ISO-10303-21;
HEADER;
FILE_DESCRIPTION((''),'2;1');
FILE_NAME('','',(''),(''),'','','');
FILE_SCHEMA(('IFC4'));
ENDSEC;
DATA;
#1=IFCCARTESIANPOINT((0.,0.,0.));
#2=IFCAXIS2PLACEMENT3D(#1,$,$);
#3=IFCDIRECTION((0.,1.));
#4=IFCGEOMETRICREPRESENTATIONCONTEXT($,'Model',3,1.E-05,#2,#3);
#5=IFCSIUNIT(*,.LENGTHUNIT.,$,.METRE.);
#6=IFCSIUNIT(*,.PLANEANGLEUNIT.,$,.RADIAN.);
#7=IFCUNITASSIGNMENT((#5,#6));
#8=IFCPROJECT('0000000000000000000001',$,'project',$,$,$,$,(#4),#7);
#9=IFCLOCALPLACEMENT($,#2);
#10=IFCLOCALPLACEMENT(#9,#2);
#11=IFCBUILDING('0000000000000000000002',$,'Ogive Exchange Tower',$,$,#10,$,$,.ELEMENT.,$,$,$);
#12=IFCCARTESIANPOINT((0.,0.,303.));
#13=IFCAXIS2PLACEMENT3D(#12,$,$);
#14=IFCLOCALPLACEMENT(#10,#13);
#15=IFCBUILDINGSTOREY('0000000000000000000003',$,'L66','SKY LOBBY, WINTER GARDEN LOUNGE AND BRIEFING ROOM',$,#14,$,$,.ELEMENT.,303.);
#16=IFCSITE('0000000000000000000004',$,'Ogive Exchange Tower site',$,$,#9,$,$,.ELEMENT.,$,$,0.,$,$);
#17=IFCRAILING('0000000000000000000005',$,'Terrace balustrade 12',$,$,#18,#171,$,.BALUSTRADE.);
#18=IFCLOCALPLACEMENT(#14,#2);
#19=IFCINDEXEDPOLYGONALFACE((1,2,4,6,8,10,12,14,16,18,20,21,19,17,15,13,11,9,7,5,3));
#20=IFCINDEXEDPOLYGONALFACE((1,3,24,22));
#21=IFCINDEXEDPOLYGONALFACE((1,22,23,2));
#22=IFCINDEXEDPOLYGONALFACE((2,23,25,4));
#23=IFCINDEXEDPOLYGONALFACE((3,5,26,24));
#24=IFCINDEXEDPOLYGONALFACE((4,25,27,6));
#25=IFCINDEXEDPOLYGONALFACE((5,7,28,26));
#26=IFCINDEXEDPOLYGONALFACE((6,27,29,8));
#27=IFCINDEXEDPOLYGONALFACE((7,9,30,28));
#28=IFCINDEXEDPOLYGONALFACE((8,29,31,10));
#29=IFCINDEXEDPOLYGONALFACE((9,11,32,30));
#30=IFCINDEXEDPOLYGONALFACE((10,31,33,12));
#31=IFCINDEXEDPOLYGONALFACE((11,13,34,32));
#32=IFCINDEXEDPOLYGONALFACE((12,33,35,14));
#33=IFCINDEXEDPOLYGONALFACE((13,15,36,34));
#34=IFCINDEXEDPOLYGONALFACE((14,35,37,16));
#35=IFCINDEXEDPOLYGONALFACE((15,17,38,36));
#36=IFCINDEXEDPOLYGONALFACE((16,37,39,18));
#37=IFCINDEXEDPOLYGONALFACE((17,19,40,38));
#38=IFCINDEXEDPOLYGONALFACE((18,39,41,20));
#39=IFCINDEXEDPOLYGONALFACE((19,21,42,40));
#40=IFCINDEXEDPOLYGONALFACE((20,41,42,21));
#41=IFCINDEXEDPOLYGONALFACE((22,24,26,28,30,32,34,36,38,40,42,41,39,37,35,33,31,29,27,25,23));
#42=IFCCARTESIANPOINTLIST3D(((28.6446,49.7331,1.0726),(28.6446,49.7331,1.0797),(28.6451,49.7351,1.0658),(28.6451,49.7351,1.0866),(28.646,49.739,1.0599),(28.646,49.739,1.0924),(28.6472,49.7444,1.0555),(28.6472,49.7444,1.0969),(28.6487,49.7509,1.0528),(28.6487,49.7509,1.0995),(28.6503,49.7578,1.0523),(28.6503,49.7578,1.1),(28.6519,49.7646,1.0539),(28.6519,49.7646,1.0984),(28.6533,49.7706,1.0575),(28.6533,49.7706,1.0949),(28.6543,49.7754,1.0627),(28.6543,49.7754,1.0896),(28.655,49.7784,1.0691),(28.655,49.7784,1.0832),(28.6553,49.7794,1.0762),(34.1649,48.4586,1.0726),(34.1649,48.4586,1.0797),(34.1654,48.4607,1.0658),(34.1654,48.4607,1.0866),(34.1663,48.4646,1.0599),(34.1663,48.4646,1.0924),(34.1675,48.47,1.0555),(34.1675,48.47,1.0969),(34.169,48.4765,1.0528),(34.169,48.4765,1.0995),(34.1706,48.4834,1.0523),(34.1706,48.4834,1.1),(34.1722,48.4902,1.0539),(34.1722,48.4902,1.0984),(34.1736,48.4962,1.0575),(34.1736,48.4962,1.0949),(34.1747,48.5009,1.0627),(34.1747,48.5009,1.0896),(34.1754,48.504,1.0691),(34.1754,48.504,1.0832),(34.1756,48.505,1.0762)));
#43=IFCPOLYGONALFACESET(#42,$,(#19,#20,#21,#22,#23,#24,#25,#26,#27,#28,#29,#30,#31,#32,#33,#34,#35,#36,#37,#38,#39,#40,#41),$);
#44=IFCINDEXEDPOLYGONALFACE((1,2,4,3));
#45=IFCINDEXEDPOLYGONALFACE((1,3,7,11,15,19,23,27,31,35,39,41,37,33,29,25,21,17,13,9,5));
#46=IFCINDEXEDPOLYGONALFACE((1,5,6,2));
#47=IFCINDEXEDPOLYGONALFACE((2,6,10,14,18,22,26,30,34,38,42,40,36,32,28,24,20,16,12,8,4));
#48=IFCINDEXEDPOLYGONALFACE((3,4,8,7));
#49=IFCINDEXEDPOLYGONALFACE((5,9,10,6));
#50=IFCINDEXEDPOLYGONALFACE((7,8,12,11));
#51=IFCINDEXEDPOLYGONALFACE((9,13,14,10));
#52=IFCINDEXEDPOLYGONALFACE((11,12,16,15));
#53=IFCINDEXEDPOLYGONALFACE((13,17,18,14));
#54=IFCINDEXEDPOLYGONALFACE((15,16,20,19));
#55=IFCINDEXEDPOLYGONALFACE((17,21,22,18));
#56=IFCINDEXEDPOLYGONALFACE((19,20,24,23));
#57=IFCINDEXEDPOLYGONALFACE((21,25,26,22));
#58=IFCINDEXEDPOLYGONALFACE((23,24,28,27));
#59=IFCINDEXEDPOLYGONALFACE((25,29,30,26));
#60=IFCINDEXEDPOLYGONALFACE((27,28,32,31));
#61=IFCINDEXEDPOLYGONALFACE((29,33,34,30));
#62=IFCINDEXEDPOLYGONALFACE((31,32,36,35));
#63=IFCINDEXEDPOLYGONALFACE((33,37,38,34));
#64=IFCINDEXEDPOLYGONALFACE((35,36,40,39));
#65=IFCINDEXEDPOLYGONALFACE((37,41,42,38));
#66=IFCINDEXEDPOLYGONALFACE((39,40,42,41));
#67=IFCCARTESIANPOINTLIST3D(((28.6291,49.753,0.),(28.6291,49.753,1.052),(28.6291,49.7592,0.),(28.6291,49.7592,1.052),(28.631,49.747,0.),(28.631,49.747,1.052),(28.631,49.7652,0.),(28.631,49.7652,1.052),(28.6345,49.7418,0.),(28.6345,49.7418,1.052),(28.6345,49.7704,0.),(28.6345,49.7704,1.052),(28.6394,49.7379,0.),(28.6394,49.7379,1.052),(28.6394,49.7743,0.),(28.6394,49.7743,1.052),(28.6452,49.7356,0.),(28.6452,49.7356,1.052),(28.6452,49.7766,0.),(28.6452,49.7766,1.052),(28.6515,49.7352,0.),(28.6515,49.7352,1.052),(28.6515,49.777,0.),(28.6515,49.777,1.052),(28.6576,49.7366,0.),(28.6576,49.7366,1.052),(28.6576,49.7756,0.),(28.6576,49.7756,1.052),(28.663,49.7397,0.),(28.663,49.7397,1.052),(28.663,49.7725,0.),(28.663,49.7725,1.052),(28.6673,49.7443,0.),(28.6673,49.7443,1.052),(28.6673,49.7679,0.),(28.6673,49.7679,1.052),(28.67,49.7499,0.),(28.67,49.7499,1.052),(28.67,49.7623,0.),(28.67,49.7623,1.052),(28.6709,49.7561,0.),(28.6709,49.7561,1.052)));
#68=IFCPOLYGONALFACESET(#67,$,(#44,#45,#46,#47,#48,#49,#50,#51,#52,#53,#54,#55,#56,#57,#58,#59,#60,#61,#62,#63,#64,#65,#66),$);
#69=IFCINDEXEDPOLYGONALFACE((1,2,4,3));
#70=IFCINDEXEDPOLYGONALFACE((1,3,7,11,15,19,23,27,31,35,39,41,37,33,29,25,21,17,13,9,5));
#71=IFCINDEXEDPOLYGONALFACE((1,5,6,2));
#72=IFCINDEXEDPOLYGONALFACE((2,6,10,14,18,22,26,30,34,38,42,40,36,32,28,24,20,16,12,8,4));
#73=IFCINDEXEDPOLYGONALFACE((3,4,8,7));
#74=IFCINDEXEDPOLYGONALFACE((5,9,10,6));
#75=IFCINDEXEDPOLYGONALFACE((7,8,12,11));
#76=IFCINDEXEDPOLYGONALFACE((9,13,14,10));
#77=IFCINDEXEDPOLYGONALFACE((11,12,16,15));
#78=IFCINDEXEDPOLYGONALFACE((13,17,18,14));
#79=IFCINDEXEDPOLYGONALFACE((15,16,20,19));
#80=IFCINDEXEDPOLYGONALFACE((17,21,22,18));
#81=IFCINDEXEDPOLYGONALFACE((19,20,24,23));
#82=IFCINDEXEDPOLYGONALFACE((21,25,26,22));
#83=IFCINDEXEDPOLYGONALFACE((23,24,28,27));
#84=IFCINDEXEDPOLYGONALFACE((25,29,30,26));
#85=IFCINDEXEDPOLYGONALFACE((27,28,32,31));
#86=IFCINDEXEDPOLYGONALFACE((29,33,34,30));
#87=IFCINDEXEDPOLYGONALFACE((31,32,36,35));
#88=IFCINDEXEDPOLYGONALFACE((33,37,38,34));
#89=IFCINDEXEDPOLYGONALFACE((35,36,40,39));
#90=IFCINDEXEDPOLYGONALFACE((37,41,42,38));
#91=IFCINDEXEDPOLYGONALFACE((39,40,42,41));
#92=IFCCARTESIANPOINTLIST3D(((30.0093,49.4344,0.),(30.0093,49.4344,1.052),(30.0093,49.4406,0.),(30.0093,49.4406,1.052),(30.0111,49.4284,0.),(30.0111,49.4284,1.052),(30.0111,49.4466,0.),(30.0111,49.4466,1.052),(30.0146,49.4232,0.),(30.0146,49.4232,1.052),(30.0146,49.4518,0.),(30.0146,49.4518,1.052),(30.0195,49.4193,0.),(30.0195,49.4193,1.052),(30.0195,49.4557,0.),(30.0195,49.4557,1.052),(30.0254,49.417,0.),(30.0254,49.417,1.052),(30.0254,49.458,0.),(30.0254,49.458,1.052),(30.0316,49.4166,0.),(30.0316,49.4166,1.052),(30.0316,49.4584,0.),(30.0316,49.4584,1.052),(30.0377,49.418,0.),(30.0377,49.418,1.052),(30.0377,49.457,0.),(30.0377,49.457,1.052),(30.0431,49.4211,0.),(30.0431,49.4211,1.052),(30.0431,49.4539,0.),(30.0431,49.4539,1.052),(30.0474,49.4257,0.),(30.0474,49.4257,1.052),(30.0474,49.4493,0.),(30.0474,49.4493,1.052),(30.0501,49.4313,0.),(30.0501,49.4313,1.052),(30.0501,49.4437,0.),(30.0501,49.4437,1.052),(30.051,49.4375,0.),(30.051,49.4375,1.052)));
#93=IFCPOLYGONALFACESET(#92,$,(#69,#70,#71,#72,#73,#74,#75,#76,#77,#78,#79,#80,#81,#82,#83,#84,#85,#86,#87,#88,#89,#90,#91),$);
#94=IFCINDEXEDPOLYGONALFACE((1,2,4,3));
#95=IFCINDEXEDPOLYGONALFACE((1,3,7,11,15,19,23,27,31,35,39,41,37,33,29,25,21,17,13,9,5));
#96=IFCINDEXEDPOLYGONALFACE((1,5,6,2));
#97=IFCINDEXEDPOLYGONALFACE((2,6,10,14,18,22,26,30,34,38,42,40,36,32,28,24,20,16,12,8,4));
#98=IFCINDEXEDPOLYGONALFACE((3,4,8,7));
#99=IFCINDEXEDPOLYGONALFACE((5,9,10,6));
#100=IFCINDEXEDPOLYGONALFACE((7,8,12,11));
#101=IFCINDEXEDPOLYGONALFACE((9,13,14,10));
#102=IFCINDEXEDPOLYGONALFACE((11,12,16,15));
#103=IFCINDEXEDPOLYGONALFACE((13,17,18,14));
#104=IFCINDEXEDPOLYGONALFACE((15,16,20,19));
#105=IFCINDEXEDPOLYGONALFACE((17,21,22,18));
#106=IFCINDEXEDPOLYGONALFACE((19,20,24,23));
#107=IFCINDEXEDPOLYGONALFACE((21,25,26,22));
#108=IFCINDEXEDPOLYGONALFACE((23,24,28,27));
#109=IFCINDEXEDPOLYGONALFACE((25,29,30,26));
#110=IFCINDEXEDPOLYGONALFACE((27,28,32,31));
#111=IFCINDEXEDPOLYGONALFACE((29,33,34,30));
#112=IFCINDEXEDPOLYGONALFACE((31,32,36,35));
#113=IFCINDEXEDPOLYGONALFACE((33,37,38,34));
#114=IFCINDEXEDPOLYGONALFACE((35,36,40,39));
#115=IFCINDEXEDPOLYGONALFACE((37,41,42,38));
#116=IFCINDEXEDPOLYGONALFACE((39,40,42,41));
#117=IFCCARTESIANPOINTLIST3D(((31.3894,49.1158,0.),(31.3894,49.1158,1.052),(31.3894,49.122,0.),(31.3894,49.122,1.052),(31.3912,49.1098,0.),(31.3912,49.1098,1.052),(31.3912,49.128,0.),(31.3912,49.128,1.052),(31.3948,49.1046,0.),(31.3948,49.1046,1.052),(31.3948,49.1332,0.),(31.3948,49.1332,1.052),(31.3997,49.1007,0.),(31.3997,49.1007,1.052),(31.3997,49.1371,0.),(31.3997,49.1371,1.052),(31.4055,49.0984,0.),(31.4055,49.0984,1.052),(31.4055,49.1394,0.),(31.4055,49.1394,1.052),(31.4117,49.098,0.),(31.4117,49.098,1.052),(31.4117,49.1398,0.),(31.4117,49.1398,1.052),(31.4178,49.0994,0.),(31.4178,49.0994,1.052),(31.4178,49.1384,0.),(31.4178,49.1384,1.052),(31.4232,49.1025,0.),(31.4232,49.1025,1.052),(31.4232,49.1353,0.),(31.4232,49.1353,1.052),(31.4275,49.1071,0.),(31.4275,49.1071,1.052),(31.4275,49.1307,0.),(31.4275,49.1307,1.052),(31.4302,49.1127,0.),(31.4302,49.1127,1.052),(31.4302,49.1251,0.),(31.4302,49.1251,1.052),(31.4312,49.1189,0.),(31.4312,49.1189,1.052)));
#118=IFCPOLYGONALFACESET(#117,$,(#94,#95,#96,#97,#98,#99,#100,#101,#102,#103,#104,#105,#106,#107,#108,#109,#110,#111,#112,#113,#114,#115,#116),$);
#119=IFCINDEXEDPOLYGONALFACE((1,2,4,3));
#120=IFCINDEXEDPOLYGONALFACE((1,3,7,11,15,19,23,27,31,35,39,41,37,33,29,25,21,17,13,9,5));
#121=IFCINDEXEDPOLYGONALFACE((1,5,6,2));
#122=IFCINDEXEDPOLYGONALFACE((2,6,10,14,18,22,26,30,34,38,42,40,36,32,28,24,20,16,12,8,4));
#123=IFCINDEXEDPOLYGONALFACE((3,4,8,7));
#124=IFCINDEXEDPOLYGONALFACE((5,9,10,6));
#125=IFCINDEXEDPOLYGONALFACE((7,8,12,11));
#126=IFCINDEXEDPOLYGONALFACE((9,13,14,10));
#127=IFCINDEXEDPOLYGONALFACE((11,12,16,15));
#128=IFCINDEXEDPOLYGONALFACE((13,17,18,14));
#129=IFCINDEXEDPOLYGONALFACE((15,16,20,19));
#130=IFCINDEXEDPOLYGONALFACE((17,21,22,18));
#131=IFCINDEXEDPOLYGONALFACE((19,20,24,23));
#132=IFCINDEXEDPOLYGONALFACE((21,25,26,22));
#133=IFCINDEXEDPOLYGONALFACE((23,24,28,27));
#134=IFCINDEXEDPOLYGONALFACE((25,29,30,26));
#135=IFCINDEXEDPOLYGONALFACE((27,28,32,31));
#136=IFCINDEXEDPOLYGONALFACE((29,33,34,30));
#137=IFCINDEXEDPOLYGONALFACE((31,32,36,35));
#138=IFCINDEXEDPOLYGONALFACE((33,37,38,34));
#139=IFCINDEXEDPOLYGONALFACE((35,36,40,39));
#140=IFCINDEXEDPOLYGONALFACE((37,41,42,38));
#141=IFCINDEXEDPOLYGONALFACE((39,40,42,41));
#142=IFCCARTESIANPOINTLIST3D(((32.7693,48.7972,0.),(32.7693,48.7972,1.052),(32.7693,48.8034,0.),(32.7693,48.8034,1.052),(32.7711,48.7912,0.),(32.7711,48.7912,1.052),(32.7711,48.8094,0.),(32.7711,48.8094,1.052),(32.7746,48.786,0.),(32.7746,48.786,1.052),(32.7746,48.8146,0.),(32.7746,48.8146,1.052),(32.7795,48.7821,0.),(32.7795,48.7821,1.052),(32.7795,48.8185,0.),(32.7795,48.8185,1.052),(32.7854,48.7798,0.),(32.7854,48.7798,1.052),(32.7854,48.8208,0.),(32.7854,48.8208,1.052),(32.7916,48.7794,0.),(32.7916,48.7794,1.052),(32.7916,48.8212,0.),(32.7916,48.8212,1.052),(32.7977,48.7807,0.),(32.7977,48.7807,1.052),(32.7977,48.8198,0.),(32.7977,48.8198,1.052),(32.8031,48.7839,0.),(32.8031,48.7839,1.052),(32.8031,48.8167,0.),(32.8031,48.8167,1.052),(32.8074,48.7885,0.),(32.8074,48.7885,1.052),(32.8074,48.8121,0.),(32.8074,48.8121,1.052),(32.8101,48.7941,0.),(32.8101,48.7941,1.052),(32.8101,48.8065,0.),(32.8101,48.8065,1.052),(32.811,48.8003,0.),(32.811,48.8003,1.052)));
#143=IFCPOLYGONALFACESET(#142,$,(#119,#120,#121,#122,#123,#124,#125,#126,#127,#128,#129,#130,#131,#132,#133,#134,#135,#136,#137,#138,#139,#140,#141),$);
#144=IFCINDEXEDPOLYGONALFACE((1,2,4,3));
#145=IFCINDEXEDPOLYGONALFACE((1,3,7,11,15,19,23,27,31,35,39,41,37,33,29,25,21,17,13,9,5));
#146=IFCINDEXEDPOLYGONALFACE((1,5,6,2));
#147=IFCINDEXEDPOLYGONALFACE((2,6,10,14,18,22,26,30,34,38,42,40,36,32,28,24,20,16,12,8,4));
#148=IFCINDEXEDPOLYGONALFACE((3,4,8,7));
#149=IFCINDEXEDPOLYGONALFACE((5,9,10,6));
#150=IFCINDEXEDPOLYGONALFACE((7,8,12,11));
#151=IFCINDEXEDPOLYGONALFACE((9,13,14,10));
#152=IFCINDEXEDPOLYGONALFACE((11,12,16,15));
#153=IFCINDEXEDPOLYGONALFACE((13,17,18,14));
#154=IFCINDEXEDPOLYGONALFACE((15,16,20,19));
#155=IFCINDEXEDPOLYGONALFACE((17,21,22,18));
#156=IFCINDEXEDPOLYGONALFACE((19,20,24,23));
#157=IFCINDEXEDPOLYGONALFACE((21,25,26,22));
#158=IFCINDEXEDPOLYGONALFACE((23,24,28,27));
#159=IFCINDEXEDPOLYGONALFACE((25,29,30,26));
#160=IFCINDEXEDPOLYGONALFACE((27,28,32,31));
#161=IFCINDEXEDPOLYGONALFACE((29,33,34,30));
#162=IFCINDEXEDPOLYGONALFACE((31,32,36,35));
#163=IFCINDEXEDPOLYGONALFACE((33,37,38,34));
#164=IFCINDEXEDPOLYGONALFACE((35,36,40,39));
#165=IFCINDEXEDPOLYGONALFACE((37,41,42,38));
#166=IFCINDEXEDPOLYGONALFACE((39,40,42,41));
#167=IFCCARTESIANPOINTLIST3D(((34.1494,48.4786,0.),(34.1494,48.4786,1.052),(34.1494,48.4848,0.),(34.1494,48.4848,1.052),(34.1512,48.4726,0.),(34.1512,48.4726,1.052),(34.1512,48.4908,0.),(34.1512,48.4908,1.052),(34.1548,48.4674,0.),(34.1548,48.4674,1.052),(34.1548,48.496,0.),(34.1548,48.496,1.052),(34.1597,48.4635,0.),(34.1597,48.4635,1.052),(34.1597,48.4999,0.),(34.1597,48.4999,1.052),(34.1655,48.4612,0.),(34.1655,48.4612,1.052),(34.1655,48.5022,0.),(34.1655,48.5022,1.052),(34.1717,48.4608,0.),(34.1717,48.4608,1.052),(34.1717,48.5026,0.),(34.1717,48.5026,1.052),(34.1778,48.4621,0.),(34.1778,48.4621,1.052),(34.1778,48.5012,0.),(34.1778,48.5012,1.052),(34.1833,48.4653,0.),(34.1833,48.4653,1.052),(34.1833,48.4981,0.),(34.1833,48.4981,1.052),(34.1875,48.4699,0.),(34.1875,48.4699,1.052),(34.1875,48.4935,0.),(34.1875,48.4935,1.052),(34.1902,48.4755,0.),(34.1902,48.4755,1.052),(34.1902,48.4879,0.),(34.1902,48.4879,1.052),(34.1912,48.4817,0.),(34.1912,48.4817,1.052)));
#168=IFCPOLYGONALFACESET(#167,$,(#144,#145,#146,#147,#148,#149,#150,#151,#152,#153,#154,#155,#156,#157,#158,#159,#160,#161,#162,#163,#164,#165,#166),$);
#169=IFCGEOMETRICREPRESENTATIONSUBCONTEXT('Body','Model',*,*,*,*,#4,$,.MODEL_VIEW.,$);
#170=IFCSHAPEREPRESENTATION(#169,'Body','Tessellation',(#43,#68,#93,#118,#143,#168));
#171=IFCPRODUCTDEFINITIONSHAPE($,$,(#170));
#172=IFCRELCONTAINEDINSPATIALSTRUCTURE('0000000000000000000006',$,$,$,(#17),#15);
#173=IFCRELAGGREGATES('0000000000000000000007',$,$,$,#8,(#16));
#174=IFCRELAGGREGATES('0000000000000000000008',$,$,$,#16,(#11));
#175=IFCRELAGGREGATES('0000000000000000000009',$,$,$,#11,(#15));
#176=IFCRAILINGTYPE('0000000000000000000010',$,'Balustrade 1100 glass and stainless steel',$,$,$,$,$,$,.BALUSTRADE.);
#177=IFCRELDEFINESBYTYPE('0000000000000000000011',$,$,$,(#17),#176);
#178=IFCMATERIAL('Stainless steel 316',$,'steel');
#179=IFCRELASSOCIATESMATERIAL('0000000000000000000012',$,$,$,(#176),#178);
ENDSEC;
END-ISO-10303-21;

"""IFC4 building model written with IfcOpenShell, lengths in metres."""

from ifc_helpers import new_model, si_unit, direction, frame, origin, origin_2d, place, context, subcontext, project, spatial, circle, extrude, material, type_object, element, save


model = new_model("IFC4")

# Units and contexts
model_context = context("Model", 3, precision=1e-05, world=origin(), true_north=direction((0.0, 1.0)))
body_context = subcontext(model_context, "Body", "Model", "MODEL_VIEW")
ifc_project = project(units=[si_unit("LENGTHUNIT", "METRE"), si_unit("PLANEANGLEUNIT", "RADIAN")], contexts=[model_context])

# Site, building, storey
site_placement = place(None, origin())
site = spatial("IfcSite", under=ifc_project, at=site_placement, Name="Ogive Exchange Tower site", CompositionType="ELEMENT", RefElevation=0.0)
building_placement = place(site_placement, origin())
building = spatial("IfcBuilding", under=site, at=building_placement, Name="Ogive Exchange Tower", CompositionType="ELEMENT")
storey_placement = place(building_placement, frame((0.0, 0.0, 303.0)))
storey = spatial("IfcBuildingStorey", under=building, at=storey_placement, Name="L66", Description="SKY LOBBY, WINTER GARDEN LOUNGE AND BRIEFING ROOM", CompositionType="ELEMENT", Elevation=303.0)

# Railing
ifc_material_1 = material(Name="Stainless steel 316", Category="steel")
railing_type_1 = type_object("IfcRailingType", Name="Balustrade 1100 glass and stainless steel", PredefinedType="BALUSTRADE", material=ifc_material_1)
railing_1_placement = place(storey_placement, frame((28.6499, 49.7561, 0.0)))
element("IfcRailing", 1, at=railing_1_placement, inside=storey, type_object=railing_type_1, Name="Terrace balustrade 12", PredefinedType="BALUSTRADE", context=body_context, shape_type="SweptSolid", body=[
    extrude(circle(Radius=0.0239, at=origin_2d()), frame((0.0, 0.0, 1.0762), z_axis=(0.974372, -0.224944, 0.0), x_axis=(0.224944, 0.974372, 0.0)), (0.0, 0.0, 1.0), 5.6655),
    extrude(circle(Radius=0.021, at=origin_2d()), origin(), (0.0, 0.0, 1.0), 1.052),
    extrude(circle(Radius=0.021, at=origin_2d()), frame((1.3801, -0.3186, 0.0)), (0.0, 0.0, 1.0), 1.052),
    extrude(circle(Radius=0.021, at=origin_2d()), frame((2.7603, -0.6372, 0.0)), (0.0, 0.0, 1.0), 1.052),
    extrude(circle(Radius=0.021, at=origin_2d()), frame((4.1401, -0.9558, 0.0)), (0.0, 0.0, 1.0), 1.052),
    extrude(circle(Radius=0.021, at=origin_2d()), frame((5.5203, -1.2744, 0.0)), (0.0, 0.0, 1.0), 1.052),
])

save(model, "model.ifc")
